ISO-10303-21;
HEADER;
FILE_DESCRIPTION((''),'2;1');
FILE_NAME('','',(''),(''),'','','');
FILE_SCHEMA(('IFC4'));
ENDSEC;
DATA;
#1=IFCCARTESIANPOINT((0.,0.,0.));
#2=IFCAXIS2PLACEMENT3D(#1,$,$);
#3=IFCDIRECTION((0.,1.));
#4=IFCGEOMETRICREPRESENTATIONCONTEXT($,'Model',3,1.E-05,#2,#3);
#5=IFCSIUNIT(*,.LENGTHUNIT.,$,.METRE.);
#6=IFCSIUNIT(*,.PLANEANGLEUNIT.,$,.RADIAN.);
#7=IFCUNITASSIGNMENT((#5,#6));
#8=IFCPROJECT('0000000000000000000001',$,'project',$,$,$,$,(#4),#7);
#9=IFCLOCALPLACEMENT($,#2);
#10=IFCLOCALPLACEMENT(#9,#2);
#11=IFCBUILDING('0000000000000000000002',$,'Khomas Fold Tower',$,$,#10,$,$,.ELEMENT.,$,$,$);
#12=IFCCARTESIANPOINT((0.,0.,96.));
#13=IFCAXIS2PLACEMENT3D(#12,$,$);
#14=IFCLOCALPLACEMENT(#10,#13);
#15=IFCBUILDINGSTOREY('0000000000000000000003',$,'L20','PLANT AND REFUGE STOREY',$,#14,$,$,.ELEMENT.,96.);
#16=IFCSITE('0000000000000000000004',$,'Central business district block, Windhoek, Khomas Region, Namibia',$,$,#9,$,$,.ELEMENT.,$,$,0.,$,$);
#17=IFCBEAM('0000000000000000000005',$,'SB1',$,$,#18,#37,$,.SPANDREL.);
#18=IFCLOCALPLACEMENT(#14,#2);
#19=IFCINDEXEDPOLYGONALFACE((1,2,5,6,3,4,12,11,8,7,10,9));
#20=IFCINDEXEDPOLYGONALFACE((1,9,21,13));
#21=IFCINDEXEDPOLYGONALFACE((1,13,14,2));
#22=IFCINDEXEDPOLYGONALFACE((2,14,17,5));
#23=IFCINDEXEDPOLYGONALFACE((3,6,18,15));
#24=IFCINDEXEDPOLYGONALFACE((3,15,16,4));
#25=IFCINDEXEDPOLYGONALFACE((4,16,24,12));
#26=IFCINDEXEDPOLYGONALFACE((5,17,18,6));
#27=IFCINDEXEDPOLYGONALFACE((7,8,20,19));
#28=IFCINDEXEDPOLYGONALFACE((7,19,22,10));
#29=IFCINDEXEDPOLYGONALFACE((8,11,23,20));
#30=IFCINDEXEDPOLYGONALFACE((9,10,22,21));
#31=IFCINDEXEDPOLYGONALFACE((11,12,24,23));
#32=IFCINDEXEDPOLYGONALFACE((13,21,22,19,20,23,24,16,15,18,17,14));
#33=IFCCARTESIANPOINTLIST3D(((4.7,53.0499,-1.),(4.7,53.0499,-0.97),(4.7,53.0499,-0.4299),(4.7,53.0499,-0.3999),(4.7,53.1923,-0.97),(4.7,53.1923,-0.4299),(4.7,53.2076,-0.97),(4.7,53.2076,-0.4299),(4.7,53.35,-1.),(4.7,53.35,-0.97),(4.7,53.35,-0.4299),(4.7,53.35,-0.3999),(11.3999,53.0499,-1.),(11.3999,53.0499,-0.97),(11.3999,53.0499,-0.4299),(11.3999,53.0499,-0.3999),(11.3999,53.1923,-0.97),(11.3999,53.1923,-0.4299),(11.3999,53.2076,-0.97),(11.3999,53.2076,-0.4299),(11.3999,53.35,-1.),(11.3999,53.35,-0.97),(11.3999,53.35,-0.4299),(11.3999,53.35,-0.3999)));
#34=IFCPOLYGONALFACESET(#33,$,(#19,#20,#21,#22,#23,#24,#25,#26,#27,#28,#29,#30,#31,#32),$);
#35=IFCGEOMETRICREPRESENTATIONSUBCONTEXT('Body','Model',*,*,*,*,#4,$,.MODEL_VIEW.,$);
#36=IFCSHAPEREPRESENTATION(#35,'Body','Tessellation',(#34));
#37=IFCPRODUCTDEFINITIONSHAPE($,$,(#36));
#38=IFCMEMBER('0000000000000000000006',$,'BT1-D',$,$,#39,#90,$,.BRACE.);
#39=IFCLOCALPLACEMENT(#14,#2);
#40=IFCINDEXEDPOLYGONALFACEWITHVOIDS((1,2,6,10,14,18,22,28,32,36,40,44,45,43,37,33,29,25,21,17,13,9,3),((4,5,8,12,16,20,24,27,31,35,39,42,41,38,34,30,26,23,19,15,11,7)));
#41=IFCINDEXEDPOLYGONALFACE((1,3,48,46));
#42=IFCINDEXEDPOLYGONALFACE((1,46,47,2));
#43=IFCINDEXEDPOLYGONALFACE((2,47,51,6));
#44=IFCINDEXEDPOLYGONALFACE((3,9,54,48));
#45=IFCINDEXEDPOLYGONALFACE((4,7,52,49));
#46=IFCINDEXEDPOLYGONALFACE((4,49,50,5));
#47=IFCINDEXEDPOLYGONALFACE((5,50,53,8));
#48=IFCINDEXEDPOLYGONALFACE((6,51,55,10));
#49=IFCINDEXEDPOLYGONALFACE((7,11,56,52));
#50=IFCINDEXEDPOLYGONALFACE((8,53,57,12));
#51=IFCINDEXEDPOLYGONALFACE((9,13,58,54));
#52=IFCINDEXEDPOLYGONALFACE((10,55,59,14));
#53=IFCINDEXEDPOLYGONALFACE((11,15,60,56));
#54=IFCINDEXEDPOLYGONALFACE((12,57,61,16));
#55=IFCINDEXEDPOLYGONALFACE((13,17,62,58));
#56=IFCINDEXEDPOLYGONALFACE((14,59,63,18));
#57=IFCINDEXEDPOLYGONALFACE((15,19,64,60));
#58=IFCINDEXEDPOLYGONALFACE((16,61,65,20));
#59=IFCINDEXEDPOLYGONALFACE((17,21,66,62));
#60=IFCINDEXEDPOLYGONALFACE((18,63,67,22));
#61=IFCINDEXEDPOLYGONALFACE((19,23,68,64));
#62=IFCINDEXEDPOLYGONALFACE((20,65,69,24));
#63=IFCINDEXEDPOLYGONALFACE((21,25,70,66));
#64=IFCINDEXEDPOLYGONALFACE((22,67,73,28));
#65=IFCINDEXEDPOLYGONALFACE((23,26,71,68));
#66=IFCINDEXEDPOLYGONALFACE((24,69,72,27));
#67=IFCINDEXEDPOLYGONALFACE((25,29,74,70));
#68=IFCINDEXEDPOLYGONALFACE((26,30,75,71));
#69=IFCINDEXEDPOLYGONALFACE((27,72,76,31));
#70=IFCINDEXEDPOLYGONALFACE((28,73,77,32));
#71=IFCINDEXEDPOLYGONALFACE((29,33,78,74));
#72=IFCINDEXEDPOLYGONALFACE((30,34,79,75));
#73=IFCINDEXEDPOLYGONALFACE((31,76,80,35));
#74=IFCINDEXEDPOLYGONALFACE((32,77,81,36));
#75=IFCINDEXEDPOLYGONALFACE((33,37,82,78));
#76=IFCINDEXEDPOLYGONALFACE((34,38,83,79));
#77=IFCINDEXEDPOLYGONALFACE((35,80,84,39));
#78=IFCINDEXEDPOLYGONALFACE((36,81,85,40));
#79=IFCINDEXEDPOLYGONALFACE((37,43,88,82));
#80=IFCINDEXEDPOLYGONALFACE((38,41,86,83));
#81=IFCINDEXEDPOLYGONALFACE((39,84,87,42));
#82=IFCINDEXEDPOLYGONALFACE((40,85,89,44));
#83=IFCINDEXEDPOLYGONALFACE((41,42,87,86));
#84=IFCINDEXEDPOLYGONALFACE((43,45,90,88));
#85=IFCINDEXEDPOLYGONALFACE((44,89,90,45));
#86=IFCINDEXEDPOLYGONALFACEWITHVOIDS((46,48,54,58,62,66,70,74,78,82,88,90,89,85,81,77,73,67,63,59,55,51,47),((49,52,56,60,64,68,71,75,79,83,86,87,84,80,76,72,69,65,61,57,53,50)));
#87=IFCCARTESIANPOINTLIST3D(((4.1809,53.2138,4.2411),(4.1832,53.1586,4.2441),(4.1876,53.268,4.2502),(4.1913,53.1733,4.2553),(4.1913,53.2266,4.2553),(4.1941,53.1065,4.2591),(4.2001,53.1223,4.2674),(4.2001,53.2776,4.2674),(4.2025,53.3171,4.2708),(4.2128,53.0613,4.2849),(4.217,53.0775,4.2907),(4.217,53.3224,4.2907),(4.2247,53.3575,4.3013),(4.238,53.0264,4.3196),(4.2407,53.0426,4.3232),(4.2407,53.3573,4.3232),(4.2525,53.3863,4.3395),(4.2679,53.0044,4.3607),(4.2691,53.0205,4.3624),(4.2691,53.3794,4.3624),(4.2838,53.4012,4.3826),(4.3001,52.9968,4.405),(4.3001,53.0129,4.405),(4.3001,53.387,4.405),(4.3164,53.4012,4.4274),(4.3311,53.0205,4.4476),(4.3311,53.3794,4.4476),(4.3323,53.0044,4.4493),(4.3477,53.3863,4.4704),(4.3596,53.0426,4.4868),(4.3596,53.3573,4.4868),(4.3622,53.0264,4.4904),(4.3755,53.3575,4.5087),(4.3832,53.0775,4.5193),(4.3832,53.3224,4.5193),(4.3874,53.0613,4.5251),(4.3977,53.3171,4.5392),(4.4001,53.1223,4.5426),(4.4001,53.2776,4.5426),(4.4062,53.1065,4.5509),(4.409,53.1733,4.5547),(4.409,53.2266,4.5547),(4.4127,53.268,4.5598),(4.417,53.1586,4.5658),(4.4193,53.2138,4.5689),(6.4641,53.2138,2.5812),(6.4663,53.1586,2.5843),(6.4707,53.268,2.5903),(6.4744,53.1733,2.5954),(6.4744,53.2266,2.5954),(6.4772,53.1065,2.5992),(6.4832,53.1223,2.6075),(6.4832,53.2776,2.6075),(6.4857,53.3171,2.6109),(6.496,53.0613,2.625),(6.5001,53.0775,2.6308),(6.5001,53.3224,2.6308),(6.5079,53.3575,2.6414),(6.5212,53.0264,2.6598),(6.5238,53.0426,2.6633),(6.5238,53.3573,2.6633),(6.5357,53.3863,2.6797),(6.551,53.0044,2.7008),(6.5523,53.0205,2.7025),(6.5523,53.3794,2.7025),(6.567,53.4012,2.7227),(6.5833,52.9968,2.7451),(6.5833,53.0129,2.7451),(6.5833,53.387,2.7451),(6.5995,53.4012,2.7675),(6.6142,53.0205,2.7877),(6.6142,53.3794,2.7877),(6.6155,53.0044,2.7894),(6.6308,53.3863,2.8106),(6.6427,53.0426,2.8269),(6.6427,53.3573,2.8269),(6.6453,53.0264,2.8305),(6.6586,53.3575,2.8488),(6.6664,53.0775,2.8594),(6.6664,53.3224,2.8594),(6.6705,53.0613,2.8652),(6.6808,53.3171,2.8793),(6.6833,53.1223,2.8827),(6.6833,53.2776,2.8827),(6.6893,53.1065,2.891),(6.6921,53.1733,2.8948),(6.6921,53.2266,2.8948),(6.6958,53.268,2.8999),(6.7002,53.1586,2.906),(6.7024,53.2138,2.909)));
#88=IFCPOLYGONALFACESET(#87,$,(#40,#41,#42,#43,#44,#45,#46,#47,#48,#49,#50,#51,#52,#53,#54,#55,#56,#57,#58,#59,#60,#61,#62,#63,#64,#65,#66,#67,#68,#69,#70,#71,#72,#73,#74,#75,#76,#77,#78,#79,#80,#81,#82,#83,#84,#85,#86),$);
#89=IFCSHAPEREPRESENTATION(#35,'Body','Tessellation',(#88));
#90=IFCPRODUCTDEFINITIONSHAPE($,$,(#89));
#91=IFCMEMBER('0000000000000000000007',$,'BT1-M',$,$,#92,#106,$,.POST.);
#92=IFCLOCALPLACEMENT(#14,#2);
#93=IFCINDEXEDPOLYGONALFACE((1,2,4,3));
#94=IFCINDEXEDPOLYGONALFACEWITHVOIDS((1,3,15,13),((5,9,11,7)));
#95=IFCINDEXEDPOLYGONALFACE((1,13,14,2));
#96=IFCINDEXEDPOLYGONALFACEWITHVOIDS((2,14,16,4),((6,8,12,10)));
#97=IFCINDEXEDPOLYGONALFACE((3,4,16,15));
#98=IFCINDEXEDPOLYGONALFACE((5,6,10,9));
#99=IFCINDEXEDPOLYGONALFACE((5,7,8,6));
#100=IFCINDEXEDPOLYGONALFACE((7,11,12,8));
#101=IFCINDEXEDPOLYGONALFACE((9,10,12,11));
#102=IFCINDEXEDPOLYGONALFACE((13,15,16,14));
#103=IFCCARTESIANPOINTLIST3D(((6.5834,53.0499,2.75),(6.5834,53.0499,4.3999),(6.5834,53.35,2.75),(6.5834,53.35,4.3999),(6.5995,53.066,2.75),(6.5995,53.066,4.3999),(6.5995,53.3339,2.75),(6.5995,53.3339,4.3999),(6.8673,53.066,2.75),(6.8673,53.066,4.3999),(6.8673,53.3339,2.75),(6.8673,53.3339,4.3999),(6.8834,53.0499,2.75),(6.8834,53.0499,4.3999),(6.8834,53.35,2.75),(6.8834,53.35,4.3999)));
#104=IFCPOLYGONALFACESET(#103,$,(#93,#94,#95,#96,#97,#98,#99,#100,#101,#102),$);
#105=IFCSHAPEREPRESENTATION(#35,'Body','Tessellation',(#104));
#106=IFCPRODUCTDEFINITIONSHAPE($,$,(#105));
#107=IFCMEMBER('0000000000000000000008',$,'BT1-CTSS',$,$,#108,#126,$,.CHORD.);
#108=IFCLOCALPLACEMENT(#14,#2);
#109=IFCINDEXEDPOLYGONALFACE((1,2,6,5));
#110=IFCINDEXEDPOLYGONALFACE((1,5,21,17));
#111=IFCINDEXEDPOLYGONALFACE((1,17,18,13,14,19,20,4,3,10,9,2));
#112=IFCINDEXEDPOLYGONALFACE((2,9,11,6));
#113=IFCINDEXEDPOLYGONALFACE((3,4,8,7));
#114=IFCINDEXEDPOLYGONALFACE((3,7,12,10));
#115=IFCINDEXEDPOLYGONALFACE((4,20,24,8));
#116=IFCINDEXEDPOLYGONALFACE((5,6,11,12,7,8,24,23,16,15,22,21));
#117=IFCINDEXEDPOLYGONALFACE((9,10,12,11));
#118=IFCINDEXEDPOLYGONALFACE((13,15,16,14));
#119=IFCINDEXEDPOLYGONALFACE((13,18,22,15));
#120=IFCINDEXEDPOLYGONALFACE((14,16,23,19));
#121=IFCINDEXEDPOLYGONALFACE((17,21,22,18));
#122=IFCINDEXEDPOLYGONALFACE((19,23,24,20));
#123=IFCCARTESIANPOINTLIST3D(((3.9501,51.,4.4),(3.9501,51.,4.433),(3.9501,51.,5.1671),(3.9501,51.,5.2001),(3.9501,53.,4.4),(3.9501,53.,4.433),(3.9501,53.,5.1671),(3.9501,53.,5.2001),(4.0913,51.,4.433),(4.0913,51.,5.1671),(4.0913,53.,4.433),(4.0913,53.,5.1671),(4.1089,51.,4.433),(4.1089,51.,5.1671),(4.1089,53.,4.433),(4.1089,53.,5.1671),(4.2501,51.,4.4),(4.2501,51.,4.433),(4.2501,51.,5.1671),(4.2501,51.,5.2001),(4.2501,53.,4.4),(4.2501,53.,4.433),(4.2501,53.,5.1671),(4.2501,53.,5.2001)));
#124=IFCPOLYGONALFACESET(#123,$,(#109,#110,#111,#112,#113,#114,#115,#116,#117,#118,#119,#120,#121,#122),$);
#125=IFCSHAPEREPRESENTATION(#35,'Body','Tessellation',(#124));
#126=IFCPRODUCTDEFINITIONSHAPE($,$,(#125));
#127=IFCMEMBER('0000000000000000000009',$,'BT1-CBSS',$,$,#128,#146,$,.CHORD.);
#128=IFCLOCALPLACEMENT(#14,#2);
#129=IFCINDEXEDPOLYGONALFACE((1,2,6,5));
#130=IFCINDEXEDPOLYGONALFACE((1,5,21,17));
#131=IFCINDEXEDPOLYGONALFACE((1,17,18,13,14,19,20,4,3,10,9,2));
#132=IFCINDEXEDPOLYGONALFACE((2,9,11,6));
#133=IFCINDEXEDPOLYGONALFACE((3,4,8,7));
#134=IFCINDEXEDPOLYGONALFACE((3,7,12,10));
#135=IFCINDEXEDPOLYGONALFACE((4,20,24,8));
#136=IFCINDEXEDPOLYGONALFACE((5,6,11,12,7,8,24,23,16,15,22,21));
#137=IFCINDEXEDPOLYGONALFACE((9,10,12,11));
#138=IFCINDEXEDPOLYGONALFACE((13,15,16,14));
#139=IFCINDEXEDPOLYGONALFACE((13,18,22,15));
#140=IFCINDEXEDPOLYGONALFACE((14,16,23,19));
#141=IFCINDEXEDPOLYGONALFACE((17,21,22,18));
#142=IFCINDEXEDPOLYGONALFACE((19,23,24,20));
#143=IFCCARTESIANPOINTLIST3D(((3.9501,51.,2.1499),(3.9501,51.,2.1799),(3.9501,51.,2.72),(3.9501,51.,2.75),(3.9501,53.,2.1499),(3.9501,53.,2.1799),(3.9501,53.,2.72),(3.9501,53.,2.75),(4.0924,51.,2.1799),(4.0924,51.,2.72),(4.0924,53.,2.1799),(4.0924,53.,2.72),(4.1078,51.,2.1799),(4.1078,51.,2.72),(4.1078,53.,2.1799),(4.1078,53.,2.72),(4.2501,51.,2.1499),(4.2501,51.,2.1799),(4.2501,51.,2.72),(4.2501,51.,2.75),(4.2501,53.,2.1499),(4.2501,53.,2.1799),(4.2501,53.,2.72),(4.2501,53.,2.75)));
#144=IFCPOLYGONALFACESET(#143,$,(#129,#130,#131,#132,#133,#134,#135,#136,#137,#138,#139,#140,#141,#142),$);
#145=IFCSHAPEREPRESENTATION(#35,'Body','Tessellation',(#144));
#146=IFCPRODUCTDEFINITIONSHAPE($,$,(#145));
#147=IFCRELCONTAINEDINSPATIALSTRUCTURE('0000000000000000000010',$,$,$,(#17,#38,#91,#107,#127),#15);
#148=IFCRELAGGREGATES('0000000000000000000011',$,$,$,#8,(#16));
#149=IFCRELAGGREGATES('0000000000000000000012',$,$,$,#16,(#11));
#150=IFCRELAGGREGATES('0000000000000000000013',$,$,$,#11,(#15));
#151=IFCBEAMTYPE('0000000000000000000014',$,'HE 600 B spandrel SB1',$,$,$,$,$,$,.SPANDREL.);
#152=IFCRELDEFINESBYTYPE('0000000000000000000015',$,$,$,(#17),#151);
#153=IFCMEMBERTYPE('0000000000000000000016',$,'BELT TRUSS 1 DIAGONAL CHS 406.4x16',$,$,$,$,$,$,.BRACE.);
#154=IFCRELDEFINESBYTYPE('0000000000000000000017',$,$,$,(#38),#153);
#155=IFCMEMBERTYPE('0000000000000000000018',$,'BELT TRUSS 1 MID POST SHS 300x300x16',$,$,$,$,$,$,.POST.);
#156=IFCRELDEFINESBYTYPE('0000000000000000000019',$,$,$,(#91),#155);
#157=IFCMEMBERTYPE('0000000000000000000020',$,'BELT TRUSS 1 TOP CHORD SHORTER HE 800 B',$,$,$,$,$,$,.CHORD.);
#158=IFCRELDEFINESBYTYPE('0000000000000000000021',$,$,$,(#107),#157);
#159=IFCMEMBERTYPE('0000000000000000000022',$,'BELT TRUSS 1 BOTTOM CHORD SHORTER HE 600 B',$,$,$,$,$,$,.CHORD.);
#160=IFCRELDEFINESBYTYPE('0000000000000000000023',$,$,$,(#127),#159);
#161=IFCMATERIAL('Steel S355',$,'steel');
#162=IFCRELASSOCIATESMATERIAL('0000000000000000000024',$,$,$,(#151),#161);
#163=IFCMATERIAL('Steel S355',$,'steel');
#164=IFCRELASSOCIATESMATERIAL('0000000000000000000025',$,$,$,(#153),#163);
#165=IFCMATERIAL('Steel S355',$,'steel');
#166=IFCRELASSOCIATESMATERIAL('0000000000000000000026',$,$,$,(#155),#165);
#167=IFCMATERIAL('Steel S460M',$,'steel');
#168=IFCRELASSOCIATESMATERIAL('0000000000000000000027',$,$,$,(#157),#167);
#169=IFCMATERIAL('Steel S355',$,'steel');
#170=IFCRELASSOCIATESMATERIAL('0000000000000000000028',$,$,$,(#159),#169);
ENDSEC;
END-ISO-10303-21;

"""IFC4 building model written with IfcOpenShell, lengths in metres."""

from ifc_helpers import new_model, si_unit, direction, frame, origin, origin_2d, place, context, subcontext, project, spatial, hollow_rectangle, hollow_circle, i_section, extrude, source, transform, mapped, material, material_profile, profile_set, type_object, element, save


model = new_model("IFC4")

# Units and contexts
model_context = context("Model", 3, precision=1e-05, world=origin(), true_north=direction((0.0, 1.0)))
body_context = subcontext(model_context, "Body", "Model", "MODEL_VIEW")
ifc_project = project(units=[si_unit("LENGTHUNIT", "METRE"), si_unit("PLANEANGLEUNIT", "RADIAN")], contexts=[model_context])

# Site, building, storey
site_placement = place(None, origin())
site = spatial("IfcSite", under=ifc_project, at=site_placement, Name="Central business district block, Windhoek, Khomas Region, Namibia", CompositionType="ELEMENT", RefElevation=0.0)
building_placement = place(site_placement, origin())
building = spatial("IfcBuilding", under=site, at=building_placement, Name="Khomas Fold Tower", CompositionType="ELEMENT")
storey_placement = place(building_placement, frame((0.0, 0.0, 96.0)))
storey = spatial("IfcBuildingStorey", under=building, at=storey_placement, Name="L20", Description="PLANT AND REFUGE STOREY", CompositionType="ELEMENT", Elevation=96.0)

# Beam
ifc_material_1 = material(Name="Steel S355", Category="steel")
ifc_material_profile_1 = material_profile(ifc_material_1, i_section(OverallWidth=0.3, OverallDepth=0.6001, WebThickness=0.0154, FlangeThickness=0.03, at=origin_2d()), Name="HE 600 B")
ifc_profile_set_1 = profile_set([ifc_material_profile_1], Name="Steel S355")
beam_type_1 = type_object("IfcBeamType", Name="HE 600 B spandrel SB1", PredefinedType="SPANDREL", material=ifc_profile_set_1)
shared_shape_1 = source(origin(), body_context, "Body", "SweptSolid", [
    extrude(i_section(OverallWidth=0.3, OverallDepth=0.6001, WebThickness=0.0154, FlangeThickness=0.03, at=origin_2d()), origin(), (0.0, 0.0, 1.0), 6.7),
])
beam_1_placement = place(storey_placement, frame((4.7, 53.2, -0.7), z_axis=(1.0, 0.0, 0.0), x_axis=(0.0, 1.0, 0.0)))
element("IfcBeam", 1, at=beam_1_placement, inside=storey, type_object=beam_type_1, Name="SB1", PredefinedType="SPANDREL", context=body_context, shape_type="MappedRepresentation", body=[
    mapped(shared_shape_1, transform((0.0, 0.0, 0.0))),
])

# Members
ifc_material_2 = material(Name="Steel S355", Category="steel")
ifc_material_profile_2 = material_profile(ifc_material_2, hollow_circle(Radius=0.2031, WallThickness=0.0161, at=origin_2d()), Name="CHS 406.4x16")
ifc_profile_set_2 = profile_set([ifc_material_profile_2], Name="Steel S355")
member_type_1 = type_object("IfcMemberType", Name="BELT TRUSS 1 DIAGONAL CHS 406.4x16", PredefinedType="BRACE", material=ifc_profile_set_2)
shared_shape_2 = source(origin(), body_context, "Body", "SweptSolid", [
    extrude(hollow_circle(Radius=0.2031, WallThickness=0.0161, at=origin_2d()), origin(), (0.0, 0.0, 1.0), 2.8228),
])
member_1_placement = place(storey_placement, frame((6.5833, 53.2, 2.7451), z_axis=(-0.808837, 0.0, 0.588033), x_axis=(0.0, -1.0, 0.0)))
element("IfcMember", 2, at=member_1_placement, inside=storey, type_object=member_type_1, Name="BT1-D", PredefinedType="BRACE", context=body_context, shape_type="MappedRepresentation", body=[
    mapped(shared_shape_2, transform((0.0, 0.0, 0.0))),
])
ifc_material_3 = material(Name="Steel S355", Category="steel")
ifc_material_profile_3 = material_profile(ifc_material_3, hollow_rectangle(XDim=0.3, YDim=0.3, WallThickness=0.0161, at=origin_2d()), Name="SHS 300x300x16")
ifc_profile_set_3 = profile_set([ifc_material_profile_3], Name="Steel S355")
member_type_2 = type_object("IfcMemberType", Name="BELT TRUSS 1 MID POST SHS 300x300x16", PredefinedType="POST", material=ifc_profile_set_3)
shared_shape_3 = source(origin(), body_context, "Body", "SweptSolid", [
    extrude(hollow_rectangle(XDim=0.3, YDim=0.3, WallThickness=0.0161, at=origin_2d()), origin(), (0.0, 0.0, 1.0), 1.6499),
])
member_2_placement = place(storey_placement, frame((6.7334, 53.2, 2.75), z_axis=(0.0, 0.0, 1.0), x_axis=(1.0, 0.0, 0.0)))
element("IfcMember", 3, at=member_2_placement, inside=storey, type_object=member_type_2, Name="BT1-M", PredefinedType="POST", context=body_context, shape_type="MappedRepresentation", body=[
    mapped(shared_shape_3, transform((0.0, 0.0, 0.0))),
])
ifc_material_4 = material(Name="Steel S460M", Category="steel")
ifc_material_profile_4 = material_profile(ifc_material_4, i_section(OverallWidth=0.3, OverallDepth=0.8, WebThickness=0.0176, FlangeThickness=0.033, at=origin_2d()), Name="HE 800 B")
ifc_profile_set_4 = profile_set([ifc_material_profile_4], Name="Steel S460M")
member_type_3 = type_object("IfcMemberType", Name="BELT TRUSS 1 TOP CHORD SHORTER HE 800 B", PredefinedType="CHORD", material=ifc_profile_set_4)
shared_shape_4 = source(origin(), body_context, "Body", "SweptSolid", [
    extrude(i_section(OverallWidth=0.3, OverallDepth=0.8, WebThickness=0.0176, FlangeThickness=0.033, at=origin_2d()), origin(), (0.0, 0.0, 1.0), 2.0),
])
member_3_placement = place(storey_placement, frame((4.1001, 53.0, 4.8), z_axis=(0.0, -1.0, 0.0), x_axis=(1.0, 0.0, 0.0)))
element("IfcMember", 4, at=member_3_placement, inside=storey, type_object=member_type_3, Name="BT1-CTSS", PredefinedType="CHORD", context=body_context, shape_type="MappedRepresentation", body=[
    mapped(shared_shape_4, transform((0.0, 0.0, 0.0))),
])
ifc_material_5 = material(Name="Steel S355", Category="steel")
ifc_material_profile_5 = material_profile(ifc_material_5, i_section(OverallWidth=0.3, OverallDepth=0.6001, WebThickness=0.0154, FlangeThickness=0.03, at=origin_2d()), Name="HE 600 B")
ifc_profile_set_5 = profile_set([ifc_material_profile_5], Name="Steel S355")
member_type_4 = type_object("IfcMemberType", Name="BELT TRUSS 1 BOTTOM CHORD SHORTER HE 600 B", PredefinedType="CHORD", material=ifc_profile_set_5)
shared_shape_5 = source(origin(), body_context, "Body", "SweptSolid", [
    extrude(i_section(OverallWidth=0.3, OverallDepth=0.6001, WebThickness=0.0154, FlangeThickness=0.03, at=origin_2d()), origin(), (0.0, 0.0, 1.0), 2.0),
])
member_4_placement = place(storey_placement, frame((4.1001, 53.0, 2.45), z_axis=(0.0, -1.0, 0.0), x_axis=(1.0, 0.0, 0.0)))
element("IfcMember", 5, at=member_4_placement, inside=storey, type_object=member_type_4, Name="BT1-CBSS", PredefinedType="CHORD", context=body_context, shape_type="MappedRepresentation", body=[
    mapped(shared_shape_5, transform((0.0, 0.0, 0.0))),
])

save(model, "model.ifc")
